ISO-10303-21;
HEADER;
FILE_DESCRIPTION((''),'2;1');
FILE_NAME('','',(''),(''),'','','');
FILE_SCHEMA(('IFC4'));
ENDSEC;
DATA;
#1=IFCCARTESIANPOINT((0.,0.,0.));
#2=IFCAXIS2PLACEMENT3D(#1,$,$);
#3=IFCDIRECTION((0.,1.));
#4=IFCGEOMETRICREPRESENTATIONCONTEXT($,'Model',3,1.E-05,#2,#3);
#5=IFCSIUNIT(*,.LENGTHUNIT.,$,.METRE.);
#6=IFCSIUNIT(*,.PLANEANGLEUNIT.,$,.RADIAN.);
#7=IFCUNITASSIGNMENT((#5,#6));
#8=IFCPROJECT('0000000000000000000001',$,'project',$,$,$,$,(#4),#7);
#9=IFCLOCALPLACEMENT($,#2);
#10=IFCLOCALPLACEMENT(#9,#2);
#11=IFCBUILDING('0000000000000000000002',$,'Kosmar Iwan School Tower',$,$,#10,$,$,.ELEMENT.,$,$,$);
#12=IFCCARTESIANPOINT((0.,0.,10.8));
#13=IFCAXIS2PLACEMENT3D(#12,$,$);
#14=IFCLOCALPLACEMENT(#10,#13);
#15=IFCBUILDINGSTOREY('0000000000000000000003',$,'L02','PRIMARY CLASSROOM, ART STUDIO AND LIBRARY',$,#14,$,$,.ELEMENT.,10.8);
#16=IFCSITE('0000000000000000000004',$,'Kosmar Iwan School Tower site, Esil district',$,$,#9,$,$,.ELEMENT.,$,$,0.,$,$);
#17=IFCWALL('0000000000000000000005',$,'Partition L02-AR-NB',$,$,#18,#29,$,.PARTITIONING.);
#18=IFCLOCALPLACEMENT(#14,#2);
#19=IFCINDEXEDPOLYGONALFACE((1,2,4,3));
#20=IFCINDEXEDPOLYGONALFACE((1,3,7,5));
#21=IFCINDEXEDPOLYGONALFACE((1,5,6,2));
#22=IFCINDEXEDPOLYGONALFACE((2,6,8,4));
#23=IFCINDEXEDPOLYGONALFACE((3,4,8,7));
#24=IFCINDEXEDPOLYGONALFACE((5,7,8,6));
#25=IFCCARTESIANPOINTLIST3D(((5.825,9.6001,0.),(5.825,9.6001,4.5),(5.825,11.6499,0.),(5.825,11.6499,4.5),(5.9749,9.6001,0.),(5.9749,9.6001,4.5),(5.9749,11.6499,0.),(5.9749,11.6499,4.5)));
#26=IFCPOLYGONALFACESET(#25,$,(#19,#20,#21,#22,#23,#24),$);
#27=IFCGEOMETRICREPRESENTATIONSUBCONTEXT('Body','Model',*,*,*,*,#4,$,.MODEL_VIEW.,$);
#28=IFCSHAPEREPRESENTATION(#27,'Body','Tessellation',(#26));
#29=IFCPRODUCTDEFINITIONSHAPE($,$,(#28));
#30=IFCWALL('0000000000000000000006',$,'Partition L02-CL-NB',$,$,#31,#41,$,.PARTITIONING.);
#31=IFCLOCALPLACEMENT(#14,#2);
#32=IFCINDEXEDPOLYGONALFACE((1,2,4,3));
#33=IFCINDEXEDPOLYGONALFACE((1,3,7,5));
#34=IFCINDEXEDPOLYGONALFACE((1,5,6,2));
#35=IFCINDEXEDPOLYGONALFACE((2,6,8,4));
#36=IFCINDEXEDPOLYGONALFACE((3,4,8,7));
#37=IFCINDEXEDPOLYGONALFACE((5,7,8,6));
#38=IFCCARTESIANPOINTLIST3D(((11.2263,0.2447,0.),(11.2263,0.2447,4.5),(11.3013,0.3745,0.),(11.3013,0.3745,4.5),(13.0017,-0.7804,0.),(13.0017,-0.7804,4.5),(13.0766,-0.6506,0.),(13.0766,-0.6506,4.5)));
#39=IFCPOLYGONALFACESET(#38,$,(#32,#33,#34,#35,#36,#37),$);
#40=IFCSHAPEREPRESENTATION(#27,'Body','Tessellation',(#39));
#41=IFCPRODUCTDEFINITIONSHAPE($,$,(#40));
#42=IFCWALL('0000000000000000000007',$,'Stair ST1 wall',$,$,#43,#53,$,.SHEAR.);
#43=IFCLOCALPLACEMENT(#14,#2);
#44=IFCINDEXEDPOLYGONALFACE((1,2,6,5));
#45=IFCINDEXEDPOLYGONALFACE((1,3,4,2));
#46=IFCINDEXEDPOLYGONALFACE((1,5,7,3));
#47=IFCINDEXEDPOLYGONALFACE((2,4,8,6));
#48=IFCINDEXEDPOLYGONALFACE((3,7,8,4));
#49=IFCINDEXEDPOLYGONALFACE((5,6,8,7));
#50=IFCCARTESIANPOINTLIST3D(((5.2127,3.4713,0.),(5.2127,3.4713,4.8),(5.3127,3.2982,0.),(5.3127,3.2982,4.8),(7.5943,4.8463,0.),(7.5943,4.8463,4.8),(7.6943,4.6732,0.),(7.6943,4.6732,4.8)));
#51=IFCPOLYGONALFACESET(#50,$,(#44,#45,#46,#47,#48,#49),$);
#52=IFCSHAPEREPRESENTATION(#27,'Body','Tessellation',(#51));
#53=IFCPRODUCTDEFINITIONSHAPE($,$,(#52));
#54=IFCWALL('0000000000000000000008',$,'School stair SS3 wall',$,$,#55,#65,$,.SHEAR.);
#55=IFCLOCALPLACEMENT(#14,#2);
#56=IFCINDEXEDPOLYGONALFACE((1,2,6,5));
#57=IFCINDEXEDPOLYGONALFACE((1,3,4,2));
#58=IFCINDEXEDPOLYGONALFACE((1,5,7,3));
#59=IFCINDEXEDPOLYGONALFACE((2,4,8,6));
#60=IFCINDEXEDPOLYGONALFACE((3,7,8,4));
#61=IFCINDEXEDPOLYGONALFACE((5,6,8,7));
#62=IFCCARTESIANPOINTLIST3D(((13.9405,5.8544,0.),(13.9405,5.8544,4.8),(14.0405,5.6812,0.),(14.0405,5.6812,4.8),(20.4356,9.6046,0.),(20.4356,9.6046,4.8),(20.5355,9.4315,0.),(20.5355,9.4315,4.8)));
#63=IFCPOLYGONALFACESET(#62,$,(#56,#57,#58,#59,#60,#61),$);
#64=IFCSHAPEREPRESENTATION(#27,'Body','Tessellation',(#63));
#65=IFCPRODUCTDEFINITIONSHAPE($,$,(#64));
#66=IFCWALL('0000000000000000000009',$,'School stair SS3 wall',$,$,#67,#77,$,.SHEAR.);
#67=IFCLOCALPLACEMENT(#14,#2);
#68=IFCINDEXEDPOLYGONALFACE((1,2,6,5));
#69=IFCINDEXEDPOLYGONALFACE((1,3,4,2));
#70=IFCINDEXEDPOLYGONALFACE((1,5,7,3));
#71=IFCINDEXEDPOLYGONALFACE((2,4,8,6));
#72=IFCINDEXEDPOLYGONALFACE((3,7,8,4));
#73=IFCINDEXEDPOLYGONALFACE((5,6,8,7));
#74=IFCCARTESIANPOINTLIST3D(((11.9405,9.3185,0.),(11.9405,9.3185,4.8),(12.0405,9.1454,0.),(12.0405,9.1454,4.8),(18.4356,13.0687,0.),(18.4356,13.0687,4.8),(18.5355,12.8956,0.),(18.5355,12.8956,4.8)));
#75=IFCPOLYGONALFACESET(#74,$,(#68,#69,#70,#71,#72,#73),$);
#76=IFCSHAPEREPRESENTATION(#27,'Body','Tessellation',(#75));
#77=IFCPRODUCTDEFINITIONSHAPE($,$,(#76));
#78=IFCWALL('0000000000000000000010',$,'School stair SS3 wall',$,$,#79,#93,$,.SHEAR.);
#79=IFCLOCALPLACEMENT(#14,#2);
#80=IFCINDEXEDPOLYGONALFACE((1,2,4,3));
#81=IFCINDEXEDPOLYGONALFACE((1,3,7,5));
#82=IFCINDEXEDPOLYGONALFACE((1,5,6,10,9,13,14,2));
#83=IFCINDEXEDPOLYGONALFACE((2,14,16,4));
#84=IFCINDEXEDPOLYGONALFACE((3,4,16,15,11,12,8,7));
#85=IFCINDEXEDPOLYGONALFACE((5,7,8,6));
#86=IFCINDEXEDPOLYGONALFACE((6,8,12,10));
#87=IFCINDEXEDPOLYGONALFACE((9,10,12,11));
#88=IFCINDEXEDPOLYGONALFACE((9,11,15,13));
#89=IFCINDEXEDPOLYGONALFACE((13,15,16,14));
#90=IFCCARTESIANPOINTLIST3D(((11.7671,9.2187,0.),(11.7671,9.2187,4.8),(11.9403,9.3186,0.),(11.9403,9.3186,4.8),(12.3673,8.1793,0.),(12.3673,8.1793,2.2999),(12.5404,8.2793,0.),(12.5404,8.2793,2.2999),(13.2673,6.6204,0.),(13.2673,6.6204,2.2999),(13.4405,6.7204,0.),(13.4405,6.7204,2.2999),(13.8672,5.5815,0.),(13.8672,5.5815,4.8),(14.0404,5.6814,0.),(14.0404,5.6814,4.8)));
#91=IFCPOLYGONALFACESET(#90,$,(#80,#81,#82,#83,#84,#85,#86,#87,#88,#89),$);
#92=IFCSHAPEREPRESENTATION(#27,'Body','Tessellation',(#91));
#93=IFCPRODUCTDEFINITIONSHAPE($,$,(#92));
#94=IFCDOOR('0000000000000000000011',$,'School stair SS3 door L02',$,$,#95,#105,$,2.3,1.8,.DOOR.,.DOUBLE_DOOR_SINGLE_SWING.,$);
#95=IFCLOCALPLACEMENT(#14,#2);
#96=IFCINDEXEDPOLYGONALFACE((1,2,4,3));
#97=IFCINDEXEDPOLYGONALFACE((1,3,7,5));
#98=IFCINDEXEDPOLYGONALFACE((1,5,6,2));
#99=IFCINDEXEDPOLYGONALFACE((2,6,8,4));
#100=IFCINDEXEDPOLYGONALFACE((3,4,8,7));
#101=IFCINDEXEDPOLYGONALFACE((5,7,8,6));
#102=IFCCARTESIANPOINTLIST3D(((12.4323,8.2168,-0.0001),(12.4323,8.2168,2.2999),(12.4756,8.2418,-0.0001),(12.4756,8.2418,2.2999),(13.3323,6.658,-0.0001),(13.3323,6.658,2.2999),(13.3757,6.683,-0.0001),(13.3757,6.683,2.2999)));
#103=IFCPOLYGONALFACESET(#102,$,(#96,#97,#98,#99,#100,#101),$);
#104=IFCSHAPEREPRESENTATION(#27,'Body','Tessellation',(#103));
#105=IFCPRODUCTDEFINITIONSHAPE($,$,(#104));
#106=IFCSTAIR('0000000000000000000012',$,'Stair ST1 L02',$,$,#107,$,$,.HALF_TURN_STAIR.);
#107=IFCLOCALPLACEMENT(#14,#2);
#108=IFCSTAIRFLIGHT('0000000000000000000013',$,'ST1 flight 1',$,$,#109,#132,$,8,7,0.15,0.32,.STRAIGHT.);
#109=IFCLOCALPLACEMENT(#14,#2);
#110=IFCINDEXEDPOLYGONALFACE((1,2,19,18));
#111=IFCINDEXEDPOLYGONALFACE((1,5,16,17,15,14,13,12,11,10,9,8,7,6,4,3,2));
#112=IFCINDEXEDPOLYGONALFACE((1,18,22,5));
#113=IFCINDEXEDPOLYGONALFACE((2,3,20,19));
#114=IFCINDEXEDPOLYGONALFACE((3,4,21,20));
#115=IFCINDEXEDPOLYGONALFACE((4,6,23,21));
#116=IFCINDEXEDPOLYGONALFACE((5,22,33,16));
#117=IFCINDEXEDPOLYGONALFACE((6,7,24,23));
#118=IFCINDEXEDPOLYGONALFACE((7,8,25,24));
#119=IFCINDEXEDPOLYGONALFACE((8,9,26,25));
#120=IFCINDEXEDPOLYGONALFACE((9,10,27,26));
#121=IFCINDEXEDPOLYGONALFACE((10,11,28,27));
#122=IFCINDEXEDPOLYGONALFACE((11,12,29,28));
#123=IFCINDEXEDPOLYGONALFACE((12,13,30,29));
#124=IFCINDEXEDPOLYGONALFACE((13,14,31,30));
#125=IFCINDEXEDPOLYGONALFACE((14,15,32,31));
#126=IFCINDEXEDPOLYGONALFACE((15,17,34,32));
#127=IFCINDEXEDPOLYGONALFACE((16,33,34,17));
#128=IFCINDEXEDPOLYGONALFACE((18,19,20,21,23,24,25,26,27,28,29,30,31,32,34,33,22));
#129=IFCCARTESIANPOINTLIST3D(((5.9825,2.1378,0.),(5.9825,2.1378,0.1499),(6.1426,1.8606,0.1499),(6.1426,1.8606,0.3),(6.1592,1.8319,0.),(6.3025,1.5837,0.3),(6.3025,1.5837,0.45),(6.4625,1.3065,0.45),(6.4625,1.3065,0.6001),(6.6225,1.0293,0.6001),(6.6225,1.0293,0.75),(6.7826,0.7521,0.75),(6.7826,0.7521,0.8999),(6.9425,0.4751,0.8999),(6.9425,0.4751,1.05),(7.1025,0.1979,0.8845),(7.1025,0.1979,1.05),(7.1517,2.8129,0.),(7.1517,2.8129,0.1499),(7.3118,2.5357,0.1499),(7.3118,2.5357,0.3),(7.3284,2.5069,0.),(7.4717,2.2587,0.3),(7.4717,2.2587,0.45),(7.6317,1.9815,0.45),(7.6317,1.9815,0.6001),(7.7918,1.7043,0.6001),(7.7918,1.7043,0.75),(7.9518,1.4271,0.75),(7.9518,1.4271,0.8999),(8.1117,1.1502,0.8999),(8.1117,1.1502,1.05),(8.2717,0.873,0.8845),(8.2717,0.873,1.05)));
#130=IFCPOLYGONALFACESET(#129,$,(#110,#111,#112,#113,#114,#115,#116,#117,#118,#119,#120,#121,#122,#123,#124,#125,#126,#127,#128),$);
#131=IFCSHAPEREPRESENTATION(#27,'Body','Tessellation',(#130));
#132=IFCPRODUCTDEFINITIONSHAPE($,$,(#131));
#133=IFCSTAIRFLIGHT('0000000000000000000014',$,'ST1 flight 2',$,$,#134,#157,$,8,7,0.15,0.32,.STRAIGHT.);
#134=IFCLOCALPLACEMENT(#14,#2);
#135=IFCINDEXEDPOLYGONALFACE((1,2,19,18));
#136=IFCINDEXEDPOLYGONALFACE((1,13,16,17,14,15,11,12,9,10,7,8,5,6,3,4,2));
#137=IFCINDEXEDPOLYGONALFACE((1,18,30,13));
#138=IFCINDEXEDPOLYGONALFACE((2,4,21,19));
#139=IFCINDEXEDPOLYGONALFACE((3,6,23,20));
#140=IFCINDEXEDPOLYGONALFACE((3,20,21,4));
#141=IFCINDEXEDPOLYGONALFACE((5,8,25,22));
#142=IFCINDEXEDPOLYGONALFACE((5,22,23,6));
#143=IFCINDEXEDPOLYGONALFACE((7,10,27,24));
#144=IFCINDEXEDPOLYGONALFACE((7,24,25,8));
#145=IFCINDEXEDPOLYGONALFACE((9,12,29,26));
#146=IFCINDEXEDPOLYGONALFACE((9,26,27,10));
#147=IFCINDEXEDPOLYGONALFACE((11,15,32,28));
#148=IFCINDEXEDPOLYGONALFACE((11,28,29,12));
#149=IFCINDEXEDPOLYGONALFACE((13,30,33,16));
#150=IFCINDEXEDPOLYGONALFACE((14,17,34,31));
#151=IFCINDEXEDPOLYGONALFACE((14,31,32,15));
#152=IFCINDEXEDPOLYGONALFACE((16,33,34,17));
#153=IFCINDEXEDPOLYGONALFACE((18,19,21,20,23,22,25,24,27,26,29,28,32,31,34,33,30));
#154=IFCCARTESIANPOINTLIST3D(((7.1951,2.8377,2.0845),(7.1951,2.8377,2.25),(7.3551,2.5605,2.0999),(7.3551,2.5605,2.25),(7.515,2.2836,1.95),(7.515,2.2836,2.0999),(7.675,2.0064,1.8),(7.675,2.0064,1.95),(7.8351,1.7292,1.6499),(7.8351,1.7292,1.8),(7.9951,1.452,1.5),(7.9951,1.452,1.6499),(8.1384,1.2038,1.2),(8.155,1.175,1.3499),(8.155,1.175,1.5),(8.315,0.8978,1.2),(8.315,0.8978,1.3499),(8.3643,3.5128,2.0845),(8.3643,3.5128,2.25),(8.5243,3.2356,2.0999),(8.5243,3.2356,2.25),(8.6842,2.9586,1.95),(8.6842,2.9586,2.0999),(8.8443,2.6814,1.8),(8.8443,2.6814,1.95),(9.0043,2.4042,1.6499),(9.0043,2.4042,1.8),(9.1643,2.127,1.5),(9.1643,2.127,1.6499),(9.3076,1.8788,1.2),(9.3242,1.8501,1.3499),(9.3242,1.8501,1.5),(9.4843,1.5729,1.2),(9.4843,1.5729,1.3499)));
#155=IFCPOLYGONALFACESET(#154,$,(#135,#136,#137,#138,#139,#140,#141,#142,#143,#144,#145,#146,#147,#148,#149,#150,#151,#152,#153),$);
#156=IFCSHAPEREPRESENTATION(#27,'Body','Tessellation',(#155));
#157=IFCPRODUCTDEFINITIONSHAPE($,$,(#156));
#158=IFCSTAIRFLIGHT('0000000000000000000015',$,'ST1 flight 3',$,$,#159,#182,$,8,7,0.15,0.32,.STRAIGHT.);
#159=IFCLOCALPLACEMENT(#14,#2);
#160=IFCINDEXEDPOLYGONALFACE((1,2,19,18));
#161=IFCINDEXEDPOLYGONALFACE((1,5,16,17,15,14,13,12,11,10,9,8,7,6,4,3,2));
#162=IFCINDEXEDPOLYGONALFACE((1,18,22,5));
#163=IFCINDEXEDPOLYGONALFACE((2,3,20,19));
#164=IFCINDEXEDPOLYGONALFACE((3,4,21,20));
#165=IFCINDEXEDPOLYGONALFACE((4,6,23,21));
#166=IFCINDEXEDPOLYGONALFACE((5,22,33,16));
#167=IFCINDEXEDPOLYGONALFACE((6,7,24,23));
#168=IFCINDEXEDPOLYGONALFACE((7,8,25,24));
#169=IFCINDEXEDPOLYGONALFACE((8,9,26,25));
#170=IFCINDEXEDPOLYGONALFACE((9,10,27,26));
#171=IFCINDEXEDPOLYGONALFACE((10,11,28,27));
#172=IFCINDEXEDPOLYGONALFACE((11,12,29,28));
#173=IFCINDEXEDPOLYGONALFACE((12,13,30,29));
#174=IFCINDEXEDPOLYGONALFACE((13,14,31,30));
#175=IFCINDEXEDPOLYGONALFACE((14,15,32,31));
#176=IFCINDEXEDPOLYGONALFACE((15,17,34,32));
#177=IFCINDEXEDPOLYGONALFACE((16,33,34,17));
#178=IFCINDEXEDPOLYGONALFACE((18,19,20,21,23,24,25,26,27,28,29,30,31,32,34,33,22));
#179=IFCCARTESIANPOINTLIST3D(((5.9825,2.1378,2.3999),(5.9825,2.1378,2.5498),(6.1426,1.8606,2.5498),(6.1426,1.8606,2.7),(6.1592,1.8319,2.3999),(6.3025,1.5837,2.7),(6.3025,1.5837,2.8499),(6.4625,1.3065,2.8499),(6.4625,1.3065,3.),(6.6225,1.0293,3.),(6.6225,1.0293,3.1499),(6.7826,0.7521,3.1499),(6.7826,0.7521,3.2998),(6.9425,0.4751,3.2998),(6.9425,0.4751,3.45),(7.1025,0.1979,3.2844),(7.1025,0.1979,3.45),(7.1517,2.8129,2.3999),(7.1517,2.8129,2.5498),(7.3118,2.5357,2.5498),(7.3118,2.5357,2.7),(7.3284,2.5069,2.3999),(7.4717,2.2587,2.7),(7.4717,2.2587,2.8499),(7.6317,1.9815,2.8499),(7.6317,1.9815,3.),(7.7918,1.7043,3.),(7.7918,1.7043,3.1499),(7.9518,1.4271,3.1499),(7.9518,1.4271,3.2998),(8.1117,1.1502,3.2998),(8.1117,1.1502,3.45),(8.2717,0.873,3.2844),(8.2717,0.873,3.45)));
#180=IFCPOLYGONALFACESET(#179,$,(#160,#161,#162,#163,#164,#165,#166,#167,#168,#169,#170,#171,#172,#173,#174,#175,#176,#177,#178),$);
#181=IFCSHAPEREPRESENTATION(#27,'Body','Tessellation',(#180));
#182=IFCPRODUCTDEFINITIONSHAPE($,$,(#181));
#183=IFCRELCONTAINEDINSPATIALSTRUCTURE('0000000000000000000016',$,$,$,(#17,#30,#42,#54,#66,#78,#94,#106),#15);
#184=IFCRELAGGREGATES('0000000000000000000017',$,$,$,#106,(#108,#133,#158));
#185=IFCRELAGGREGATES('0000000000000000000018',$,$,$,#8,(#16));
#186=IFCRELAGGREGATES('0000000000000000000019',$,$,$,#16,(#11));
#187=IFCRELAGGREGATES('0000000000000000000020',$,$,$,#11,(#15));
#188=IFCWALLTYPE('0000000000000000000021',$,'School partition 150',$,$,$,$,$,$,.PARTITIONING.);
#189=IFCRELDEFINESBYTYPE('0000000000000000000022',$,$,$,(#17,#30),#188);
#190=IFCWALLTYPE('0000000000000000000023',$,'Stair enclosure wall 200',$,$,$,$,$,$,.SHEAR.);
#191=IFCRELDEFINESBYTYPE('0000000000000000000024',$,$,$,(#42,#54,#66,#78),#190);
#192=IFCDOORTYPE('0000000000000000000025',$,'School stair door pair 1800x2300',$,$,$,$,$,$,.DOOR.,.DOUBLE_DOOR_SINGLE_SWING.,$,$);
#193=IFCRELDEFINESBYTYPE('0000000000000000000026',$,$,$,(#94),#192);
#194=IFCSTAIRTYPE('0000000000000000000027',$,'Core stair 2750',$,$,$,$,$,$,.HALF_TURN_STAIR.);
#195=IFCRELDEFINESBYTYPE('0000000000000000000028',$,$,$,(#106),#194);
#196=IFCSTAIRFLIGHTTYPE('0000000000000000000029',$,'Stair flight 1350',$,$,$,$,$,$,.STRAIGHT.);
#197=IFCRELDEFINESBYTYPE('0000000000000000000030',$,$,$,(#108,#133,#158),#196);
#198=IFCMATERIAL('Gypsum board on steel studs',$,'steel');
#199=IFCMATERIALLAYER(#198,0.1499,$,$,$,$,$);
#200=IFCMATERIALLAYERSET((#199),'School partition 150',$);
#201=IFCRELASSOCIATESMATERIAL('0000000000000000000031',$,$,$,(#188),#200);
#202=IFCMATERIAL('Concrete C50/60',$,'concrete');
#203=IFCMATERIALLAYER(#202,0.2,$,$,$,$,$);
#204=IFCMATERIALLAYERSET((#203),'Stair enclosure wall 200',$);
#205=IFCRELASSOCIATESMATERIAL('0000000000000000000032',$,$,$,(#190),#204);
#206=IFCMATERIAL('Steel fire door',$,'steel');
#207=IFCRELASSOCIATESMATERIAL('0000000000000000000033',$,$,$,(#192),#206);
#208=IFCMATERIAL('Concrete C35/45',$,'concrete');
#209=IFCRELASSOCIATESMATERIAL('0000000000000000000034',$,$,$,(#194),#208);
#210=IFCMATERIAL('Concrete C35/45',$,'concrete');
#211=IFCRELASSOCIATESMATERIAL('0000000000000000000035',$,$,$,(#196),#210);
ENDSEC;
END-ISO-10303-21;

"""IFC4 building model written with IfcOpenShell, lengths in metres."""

from ifc_helpers import new_model, si_unit, direction, frame, frame_2d, origin, place, context, subcontext, project, spatial, polyline, rectangle, outline, extrude, material, layer, layer_set, type_object, element, fill, aggregate, save


model = new_model("IFC4")

# Units and contexts
model_context = context("Model", 3, precision=1e-05, world=origin(), true_north=direction((0.0, 1.0)))
body_context = subcontext(model_context, "Body", "Model", "MODEL_VIEW")
ifc_project = project(units=[si_unit("LENGTHUNIT", "METRE"), si_unit("PLANEANGLEUNIT", "RADIAN")], contexts=[model_context])

# Site, building, storey
site_placement = place(None, origin())
site = spatial("IfcSite", under=ifc_project, at=site_placement, Name="Kosmar Iwan School Tower site, Esil district", CompositionType="ELEMENT", RefElevation=0.0)
building_placement = place(site_placement, origin())
building = spatial("IfcBuilding", under=site, at=building_placement, Name="Kosmar Iwan School Tower", CompositionType="ELEMENT")
storey_placement = place(building_placement, frame((0.0, 0.0, 10.8)))
storey = spatial("IfcBuildingStorey", under=building, at=storey_placement, Name="L02", Description="PRIMARY CLASSROOM, ART STUDIO AND LIBRARY", CompositionType="ELEMENT", Elevation=10.8)

# Walls
ifc_material_1 = material(Name="Gypsum board on steel studs", Category="steel")
ifc_layer_1 = layer(ifc_material_1, 0.1499)
ifc_layer_set_1 = layer_set([ifc_layer_1], Name="School partition 150")
wall_type_1 = type_object("IfcWallType", Name="School partition 150", PredefinedType="PARTITIONING", material=ifc_layer_set_1)
wall_1_placement = place(storey_placement, frame((5.8999, 9.6001, 0.0), z_axis=(0.0, 0.0, 1.0), x_axis=(0.0, 1.0, 0.0)))
element("IfcWall", 1, at=wall_1_placement, inside=storey, type_object=wall_type_1, Name="Partition L02-AR-NB", PredefinedType="PARTITIONING", context=body_context, shape_type="SweptSolid", body=[
    extrude(rectangle(XDim=2.0498, YDim=0.1499, at=frame_2d((1.0249, 0.0))), origin(), (0.0, 0.0, 1.0), 4.5),
])
wall_2_placement = place(storey_placement, frame((11.2639, 0.3096, 0.0), z_axis=(0.0, 0.0, 1.0), x_axis=(0.865999, -0.500045, 0.0)))
element("IfcWall", 2, at=wall_2_placement, inside=storey, type_object=wall_type_1, Name="Partition L02-CL-NB", PredefinedType="PARTITIONING", context=body_context, shape_type="SweptSolid", body=[
    extrude(rectangle(XDim=2.05, YDim=0.1499, at=frame_2d((1.0249, 0.0))), origin(), (0.0, 0.0, 1.0), 4.5),
])
ifc_material_2 = material(Name="Concrete C50/60", Category="concrete")
ifc_layer_2 = layer(ifc_material_2, 0.2)
ifc_layer_set_2 = layer_set([ifc_layer_2], Name="Stair enclosure wall 200")
wall_type_2 = type_object("IfcWallType", Name="Stair enclosure wall 200", PredefinedType="SHEAR", material=ifc_layer_set_2)
wall_3_placement = place(storey_placement, frame((5.2627, 3.3848, 0.0), z_axis=(0.0, 0.0, 1.0), x_axis=(0.866027, 0.499997, 0.0)))
element("IfcWall", 3, at=wall_3_placement, inside=storey, type_object=wall_type_2, Name="Stair ST1 wall", PredefinedType="SHEAR", context=body_context, shape_type="SweptSolid", body=[
    extrude(rectangle(XDim=2.75, YDim=0.2, at=frame_2d((1.375, 0.0))), origin(), (0.0, 0.0, 1.0), 4.8),
])
for number, where, z_axis, x_axis, name in (
    (4, (13.9905, 5.7678, 0.0), (0.0, 0.0, 1.0), (0.866009, 0.500029, 0.0), "School stair SS3 wall"),
    (5, (11.9905, 9.2319, 0.0), (0.0, 0.0, 1.0), (0.866009, 0.500029, 0.0), "School stair SS3 wall"),
):
    element("IfcWall", number, at=place(storey_placement, frame(where, z_axis=z_axis, x_axis=x_axis)), inside=storey, type_object=wall_type_2, Name=name, PredefinedType="SHEAR", context=body_context, shape_type="SweptSolid", body=[
        extrude(rectangle(XDim=7.5, YDim=0.2, at=frame_2d((3.75, 0.0))), origin(), (0.0, 0.0, 1.0), 4.8),
    ])

# Wall, opening, door
wall_4_placement = place(storey_placement, frame((13.9539, 5.6313, 0.0), z_axis=(0.0, 0.0, 1.0), x_axis=(-0.500028, 0.866009, 0.0)))
wall_4 = element("IfcWall", 6, at=wall_4_placement, inside=storey, type_object=wall_type_2, Name="School stair SS3 wall", PredefinedType="SHEAR", context=body_context, shape_type="SweptSolid", body=[
    extrude(rectangle(XDim=4.2, YDim=0.2, at=frame_2d((2.1001, 0.0))), origin(), (0.0, 0.0, 1.0), 4.8),
])
opening_1_placement = place(wall_4_placement, frame((1.2, 0.0, 0.0)))
opening_1 = element("IfcOpeningElement", 7, at=opening_1_placement, cuts=wall_4, PredefinedType="OPENING", context=body_context, shape_type="SweptSolid", body=[
    extrude(rectangle(XDim=1.8, YDim=2.3, at=frame_2d((0.8999, 1.1499))), frame((0.0, 0.1121, 0.0), z_axis=(0.0, -1.0, 0.0), x_axis=(1.0, 0.0, 0.0)), (0.0, 0.0, 1.0), 0.2239),
])
ifc_material_3 = material(Name="Steel fire door", Category="steel")
door_type_1 = type_object("IfcDoorType", Name="School stair door pair 1800x2300", OperationType="DOUBLE_DOOR_SINGLE_SWING", PredefinedType="DOOR", material=ifc_material_3)
door_1_placement = place(opening_1_placement, origin())
door_1 = element("IfcDoor", 8, at=door_1_placement, inside=storey, type_object=door_type_1, Name="School stair SS3 door L02", OperationType="DOUBLE_DOOR_SINGLE_SWING", OverallHeight=2.3, OverallWidth=1.8, PredefinedType="DOOR", context=body_context, shape_type="SweptSolid", body=[
    extrude(rectangle(XDim=1.8, YDim=2.3, at=frame_2d((0.8999, 1.1499))), frame((0.0, 0.0249, 0.0), z_axis=(0.0, -1.0, 0.0), x_axis=(1.0, 0.0, 0.0)), (0.0, 0.0, 1.0), 0.05),
])
fill(opening_1, door_1)

# Stair, stair flights
ifc_material_4 = material(Name="Concrete C35/45", Category="concrete")
stair_type = type_object("IfcStairType", Name="Core stair 2750", PredefinedType="HALF_TURN_STAIR", material=ifc_material_4)
stair_placement = place(storey_placement, origin())
stair = element("IfcStair", 9, at=stair_placement, inside=storey, type_object=stair_type, Name="Stair ST1 L02", PredefinedType="HALF_TURN_STAIR")
ifc_material_5 = material(Name="Concrete C35/45", Category="concrete")
stair_flight_type = type_object("IfcStairFlightType", Name="Stair flight 1350", PredefinedType="STRAIGHT", material=ifc_material_5)
stair_flight_1_placement = place(storey_placement, frame((6.5671, 2.4753, 0.0), z_axis=(0.0, 0.0, 1.0), x_axis=(0.5, -0.866025, 0.0)))
stair_flight_1 = element("IfcStairFlight", 10, at=stair_flight_1_placement, type_object=stair_flight_type, Name="ST1 flight 1", NumberOfRisers=8, NumberOfTreads=7, PredefinedType="STRAIGHT", RiserHeight=0.15, TreadLength=0.32, context=body_context, shape_type="SweptSolid", body=[
    extrude(outline(polyline([(0.0, 0.0), (0.0, 0.1499), (0.3201, 0.1499), (0.3201, 0.3), (0.6399, 0.3), (0.6399, 0.45), (0.96, 0.45), (0.96, 0.6001), (1.28, 0.6001), (1.28, 0.75), (1.6001, 0.75), (1.6001, 0.8999), (1.9199, 0.8999), (1.9199, 1.05), (2.24, 1.05), (2.24, 1.2), (2.24, 0.8845), (0.3533, 0.0), (0.0, 0.0)])), frame((0.0, 0.675, 0.0), z_axis=(0.0, -1.0, 0.0), x_axis=(1.0, 0.0, 0.0)), (0.0, 0.0, 1.0), 1.3501),
])
stair_flight_2_placement = place(storey_placement, frame((8.8997, 1.2354, 1.2), z_axis=(0.0, 0.0, 1.0), x_axis=(-0.5, 0.866025, 0.0)))
stair_flight_2 = element("IfcStairFlight", 11, at=stair_flight_2_placement, type_object=stair_flight_type, Name="ST1 flight 2", NumberOfRisers=8, NumberOfTreads=7, PredefinedType="STRAIGHT", RiserHeight=0.15, TreadLength=0.32, context=body_context, shape_type="SweptSolid", body=[
    extrude(outline(polyline([(0.0, 0.0), (0.0, 0.1499), (0.3201, 0.1499), (0.3201, 0.3), (0.6399, 0.3), (0.6399, 0.45), (0.96, 0.45), (0.96, 0.6001), (1.28, 0.6001), (1.28, 0.75), (1.6001, 0.75), (1.6001, 0.8999), (1.9199, 0.8999), (1.9199, 1.05), (2.24, 1.05), (2.24, 1.2), (2.24, 0.8845), (0.3533, 0.0), (0.0, 0.0)])), frame((0.0, 0.675, 0.0), z_axis=(0.0, -1.0, 0.0), x_axis=(1.0, 0.0, 0.0)), (0.0, 0.0, 1.0), 1.3501),
])
stair_flight_3_placement = place(storey_placement, frame((6.5671, 2.4753, 2.3999), z_axis=(0.0, 0.0, 1.0), x_axis=(0.5, -0.866025, 0.0)))
stair_flight_3 = element("IfcStairFlight", 12, at=stair_flight_3_placement, type_object=stair_flight_type, Name="ST1 flight 3", NumberOfRisers=8, NumberOfTreads=7, PredefinedType="STRAIGHT", RiserHeight=0.15, TreadLength=0.32, context=body_context, shape_type="SweptSolid", body=[
    extrude(outline(polyline([(0.0, 0.0), (0.0, 0.1499), (0.3201, 0.1499), (0.3201, 0.3), (0.6399, 0.3), (0.6399, 0.45), (0.96, 0.45), (0.96, 0.6001), (1.28, 0.6001), (1.28, 0.75), (1.6001, 0.75), (1.6001, 0.8999), (1.9199, 0.8999), (1.9199, 1.05), (2.24, 1.05), (2.24, 1.2), (2.24, 0.8845), (0.3533, 0.0), (0.0, 0.0)])), frame((0.0, 0.675, 0.0), z_axis=(0.0, -1.0, 0.0), x_axis=(1.0, 0.0, 0.0)), (0.0, 0.0, 1.0), 1.3501),
])
aggregate(stair, [stair_flight_1, stair_flight_2, stair_flight_3])

save(model, "model.ifc")
